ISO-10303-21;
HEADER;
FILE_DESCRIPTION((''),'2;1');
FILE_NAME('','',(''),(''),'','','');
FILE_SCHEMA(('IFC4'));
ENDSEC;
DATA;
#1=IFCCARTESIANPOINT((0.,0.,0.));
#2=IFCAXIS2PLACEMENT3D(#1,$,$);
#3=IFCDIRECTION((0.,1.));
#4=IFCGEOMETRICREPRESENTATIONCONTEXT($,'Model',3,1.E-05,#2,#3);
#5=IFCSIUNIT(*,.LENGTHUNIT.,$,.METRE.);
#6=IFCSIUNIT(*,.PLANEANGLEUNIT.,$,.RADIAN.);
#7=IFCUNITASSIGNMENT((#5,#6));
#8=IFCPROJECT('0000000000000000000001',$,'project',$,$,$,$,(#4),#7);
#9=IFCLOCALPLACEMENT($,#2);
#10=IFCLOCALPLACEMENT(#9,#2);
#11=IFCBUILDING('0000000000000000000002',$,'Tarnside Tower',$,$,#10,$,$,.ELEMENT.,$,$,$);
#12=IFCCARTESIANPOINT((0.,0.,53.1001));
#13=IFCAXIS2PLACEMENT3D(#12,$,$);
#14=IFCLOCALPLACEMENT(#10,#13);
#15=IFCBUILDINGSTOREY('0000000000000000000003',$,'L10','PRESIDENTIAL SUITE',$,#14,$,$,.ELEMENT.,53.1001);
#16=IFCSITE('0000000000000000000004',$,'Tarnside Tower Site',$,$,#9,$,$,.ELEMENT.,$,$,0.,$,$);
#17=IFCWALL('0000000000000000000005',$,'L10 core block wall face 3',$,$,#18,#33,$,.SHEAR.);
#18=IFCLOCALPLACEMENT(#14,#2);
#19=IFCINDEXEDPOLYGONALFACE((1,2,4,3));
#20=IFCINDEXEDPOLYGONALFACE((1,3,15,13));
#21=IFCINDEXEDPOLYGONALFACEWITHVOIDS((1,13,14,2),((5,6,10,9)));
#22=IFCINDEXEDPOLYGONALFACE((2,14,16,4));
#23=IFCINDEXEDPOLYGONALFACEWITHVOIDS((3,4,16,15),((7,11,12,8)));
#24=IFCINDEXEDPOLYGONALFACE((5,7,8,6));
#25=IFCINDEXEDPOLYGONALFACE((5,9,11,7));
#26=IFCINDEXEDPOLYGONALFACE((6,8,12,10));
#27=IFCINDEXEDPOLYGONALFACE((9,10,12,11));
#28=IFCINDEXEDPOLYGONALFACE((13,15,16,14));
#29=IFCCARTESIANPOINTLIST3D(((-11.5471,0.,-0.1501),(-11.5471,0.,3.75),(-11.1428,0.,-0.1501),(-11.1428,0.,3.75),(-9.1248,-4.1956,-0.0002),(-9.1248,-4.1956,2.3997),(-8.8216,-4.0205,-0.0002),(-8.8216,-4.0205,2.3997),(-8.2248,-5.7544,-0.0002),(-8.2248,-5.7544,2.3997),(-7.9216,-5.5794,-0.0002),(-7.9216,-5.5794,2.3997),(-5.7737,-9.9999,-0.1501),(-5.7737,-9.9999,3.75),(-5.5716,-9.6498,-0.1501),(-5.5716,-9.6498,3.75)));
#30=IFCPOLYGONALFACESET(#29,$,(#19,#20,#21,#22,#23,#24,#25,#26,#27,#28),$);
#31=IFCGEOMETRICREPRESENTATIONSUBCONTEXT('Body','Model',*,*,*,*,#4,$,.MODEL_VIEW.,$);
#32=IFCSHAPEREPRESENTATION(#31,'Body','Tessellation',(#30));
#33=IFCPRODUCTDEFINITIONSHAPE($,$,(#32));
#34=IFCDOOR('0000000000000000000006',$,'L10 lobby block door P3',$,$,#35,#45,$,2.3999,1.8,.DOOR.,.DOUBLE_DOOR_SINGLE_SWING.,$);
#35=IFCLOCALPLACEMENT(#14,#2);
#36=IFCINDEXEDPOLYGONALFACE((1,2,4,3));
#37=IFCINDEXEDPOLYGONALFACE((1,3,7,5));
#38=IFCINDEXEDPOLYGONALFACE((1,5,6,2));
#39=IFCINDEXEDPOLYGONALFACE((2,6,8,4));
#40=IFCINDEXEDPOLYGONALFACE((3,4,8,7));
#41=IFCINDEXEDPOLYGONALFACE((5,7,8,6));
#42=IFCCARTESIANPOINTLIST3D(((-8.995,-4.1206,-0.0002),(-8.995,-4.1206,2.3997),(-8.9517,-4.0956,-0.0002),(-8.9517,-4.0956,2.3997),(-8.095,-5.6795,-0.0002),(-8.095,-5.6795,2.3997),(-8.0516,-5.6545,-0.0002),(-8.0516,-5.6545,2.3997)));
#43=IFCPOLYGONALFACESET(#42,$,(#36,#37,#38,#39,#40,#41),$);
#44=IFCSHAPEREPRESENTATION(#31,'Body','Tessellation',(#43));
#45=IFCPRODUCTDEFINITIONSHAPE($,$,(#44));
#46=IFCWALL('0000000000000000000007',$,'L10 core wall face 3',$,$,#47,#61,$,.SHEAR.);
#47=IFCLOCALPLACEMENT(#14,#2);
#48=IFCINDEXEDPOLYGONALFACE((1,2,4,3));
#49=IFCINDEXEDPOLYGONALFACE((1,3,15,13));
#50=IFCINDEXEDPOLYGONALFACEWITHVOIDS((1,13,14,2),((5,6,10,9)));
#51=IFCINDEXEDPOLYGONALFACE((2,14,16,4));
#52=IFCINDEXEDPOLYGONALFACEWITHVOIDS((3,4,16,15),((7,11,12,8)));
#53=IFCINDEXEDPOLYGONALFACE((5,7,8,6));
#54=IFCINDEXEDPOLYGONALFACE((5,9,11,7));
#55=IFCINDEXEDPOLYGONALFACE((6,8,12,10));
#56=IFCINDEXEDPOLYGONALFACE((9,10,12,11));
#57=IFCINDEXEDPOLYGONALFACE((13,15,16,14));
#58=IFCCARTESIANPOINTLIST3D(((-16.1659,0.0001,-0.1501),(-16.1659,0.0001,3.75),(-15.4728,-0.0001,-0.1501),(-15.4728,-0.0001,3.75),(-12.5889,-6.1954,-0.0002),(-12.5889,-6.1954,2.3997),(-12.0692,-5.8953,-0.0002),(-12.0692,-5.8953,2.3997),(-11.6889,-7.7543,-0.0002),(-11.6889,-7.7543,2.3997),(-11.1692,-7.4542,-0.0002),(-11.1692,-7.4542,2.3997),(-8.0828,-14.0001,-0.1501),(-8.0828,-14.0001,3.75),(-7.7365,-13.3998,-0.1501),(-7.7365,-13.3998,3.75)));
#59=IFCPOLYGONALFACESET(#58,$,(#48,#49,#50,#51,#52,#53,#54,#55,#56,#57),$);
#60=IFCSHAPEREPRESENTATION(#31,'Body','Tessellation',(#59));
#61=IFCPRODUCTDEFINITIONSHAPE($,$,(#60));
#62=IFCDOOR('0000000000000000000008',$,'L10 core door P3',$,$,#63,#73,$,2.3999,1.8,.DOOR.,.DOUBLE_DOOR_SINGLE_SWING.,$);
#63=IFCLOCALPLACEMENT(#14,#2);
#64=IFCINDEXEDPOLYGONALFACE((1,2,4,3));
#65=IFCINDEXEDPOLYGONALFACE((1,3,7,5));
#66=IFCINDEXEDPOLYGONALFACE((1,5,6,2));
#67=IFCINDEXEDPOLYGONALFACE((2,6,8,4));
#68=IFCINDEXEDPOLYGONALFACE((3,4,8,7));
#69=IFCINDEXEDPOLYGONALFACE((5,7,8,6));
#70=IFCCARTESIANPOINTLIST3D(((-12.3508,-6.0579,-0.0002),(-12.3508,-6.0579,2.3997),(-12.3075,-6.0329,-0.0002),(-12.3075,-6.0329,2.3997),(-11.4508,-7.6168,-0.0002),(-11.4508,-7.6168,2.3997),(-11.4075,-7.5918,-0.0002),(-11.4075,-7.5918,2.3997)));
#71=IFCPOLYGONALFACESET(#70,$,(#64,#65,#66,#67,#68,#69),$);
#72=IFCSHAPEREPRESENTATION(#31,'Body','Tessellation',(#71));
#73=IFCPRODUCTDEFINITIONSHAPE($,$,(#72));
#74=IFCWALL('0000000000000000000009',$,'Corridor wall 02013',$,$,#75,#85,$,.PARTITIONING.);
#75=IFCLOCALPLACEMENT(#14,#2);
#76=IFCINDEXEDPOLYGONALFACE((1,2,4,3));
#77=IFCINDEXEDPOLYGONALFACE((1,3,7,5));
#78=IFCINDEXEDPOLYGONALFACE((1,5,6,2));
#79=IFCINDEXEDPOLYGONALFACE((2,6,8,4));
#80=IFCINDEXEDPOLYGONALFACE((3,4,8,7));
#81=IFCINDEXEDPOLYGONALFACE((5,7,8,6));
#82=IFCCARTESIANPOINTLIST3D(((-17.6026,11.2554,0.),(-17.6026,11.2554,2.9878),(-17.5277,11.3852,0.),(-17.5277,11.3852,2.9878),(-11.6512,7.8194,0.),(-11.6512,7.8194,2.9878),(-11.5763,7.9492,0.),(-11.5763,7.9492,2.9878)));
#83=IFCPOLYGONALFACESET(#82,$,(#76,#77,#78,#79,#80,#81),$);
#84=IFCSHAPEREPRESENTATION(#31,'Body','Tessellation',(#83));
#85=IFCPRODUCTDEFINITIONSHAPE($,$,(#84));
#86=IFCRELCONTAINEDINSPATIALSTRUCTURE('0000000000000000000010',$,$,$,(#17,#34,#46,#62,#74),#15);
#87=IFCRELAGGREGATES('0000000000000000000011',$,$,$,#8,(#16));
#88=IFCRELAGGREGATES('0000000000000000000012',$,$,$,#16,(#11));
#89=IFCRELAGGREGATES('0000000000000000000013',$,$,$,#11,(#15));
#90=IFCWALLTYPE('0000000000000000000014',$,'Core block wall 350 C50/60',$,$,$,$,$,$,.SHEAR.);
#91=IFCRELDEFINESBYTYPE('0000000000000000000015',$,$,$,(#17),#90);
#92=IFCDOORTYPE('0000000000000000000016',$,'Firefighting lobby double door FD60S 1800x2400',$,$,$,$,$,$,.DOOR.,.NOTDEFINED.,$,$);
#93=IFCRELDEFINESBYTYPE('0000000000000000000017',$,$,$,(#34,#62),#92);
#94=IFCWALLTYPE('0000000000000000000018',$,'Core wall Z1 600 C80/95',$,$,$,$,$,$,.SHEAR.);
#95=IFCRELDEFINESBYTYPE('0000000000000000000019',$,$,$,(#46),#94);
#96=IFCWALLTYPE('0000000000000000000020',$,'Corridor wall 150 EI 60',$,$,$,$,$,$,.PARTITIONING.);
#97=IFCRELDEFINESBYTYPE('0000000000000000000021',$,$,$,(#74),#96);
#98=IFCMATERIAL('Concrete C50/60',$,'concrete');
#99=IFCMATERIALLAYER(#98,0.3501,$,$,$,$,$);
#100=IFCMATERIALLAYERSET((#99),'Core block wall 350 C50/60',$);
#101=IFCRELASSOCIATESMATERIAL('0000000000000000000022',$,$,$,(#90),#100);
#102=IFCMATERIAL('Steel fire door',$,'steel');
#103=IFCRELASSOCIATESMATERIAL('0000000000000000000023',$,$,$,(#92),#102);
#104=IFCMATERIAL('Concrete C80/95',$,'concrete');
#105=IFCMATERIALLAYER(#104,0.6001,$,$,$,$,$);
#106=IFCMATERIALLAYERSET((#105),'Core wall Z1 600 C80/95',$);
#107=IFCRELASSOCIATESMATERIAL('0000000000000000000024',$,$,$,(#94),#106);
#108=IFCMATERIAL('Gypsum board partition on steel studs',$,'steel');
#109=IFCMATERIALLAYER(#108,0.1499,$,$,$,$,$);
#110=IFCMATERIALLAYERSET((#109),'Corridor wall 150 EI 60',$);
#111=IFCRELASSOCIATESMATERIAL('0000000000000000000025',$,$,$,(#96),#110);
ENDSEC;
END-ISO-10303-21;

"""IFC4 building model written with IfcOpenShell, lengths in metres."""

from ifc_helpers import new_model, si_unit, direction, frame, frame_2d, origin, place, context, subcontext, project, spatial, polyline, rectangle, outline, extrude, material, layer, layer_set, type_object, element, fill, save


model = new_model("IFC4")

# Units and contexts
model_context = context("Model", 3, precision=1e-05, world=origin(), true_north=direction((0.0, 1.0)))
body_context = subcontext(model_context, "Body", "Model", "MODEL_VIEW")
ifc_project = project(units=[si_unit("LENGTHUNIT", "METRE"), si_unit("PLANEANGLEUNIT", "RADIAN")], contexts=[model_context])

# Site, building, storey
site_placement = place(None, origin())
site = spatial("IfcSite", under=ifc_project, at=site_placement, Name="Tarnside Tower Site", CompositionType="ELEMENT", RefElevation=0.0)
building_placement = place(site_placement, origin())
building = spatial("IfcBuilding", under=site, at=building_placement, Name="Tarnside Tower", CompositionType="ELEMENT")
storey_placement = place(building_placement, frame((0.0, 0.0, 53.1001)))
storey = spatial("IfcBuildingStorey", under=building, at=storey_placement, Name="L10", Description="PRESIDENTIAL SUITE", CompositionType="ELEMENT", Elevation=53.1001)

# Walls, openings, doors
ifc_material_1 = material(Name="Concrete C50/60", Category="concrete")
ifc_layer_1 = layer(ifc_material_1, 0.3501)
ifc_layer_set_1 = layer_set([ifc_layer_1], Name="Core block wall 350 C50/60")
wall_type_1 = type_object("IfcWallType", Name="Core block wall 350 C50/60", PredefinedType="SHEAR", material=ifc_layer_set_1)
wall_1_placement = place(storey_placement, frame((-11.345, 0.0, -0.1501), z_axis=(0.0, 0.0, 1.0), x_axis=(0.499995, -0.866028, 0.0)))
wall_1 = element("IfcWall", 1, at=wall_1_placement, inside=storey, type_object=wall_type_1, Name="L10 core block wall face 3", PredefinedType="SHEAR", context=body_context, shape_type="SweptSolid", body=[
    extrude(outline(polyline([(-0.1011, -0.175), (11.4458, -0.175), (11.2437, 0.175), (0.1011, 0.175), (-0.1011, -0.175)])), origin(), (0.0, 0.0, 1.0), 3.9001),
])
opening_1_placement = place(wall_1_placement, frame((4.7437, 0.0, 0.1499)))
opening_1 = element("IfcOpeningElement", 2, at=opening_1_placement, cuts=wall_1, PredefinedType="OPENING", context=body_context, shape_type="SweptSolid", body=[
    extrude(rectangle(XDim=1.8, YDim=2.3999, at=frame_2d((0.8999, 1.2))), frame((0.0, 0.1851, 0.0), z_axis=(0.0, -1.0, 0.0), x_axis=(1.0, 0.0, 0.0)), (0.0, 0.0, 1.0), 0.3701),
])
ifc_material_2 = material(Name="Steel fire door", Category="steel")
door_type_1 = type_object("IfcDoorType", Name="Firefighting lobby double door FD60S 1800x2400", OperationType="NOTDEFINED", PredefinedType="DOOR", material=ifc_material_2)
door_1_placement = place(opening_1_placement, origin())
door_1 = element("IfcDoor", 3, at=door_1_placement, inside=storey, type_object=door_type_1, Name="L10 lobby block door P3", OperationType="DOUBLE_DOOR_SINGLE_SWING", OverallHeight=2.3999, OverallWidth=1.8, PredefinedType="DOOR", context=body_context, shape_type="SweptSolid", body=[
    extrude(rectangle(XDim=1.8, YDim=2.3999, at=frame_2d((0.8999, 1.2))), frame((0.0, 0.0249, 0.0), z_axis=(0.0, -1.0, 0.0), x_axis=(1.0, 0.0, 0.0)), (0.0, 0.0, 1.0), 0.05),
])
fill(opening_1, door_1)
ifc_material_3 = material(Name="Concrete C80/95", Category="concrete")
ifc_layer_2 = layer(ifc_material_3, 0.6001)
ifc_layer_set_2 = layer_set([ifc_layer_2], Name="Core wall Z1 600 C80/95")
wall_type_2 = type_object("IfcWallType", Name="Core wall Z1 600 C80/95", PredefinedType="SHEAR", material=ifc_layer_set_2)
wall_2_placement = place(storey_placement, frame((-15.8193, 0.0, -0.1501), z_axis=(0.0, 0.0, 1.0), x_axis=(0.5, -0.866025, 0.0)))
wall_2 = element("IfcWall", 4, at=wall_2_placement, inside=storey, type_object=wall_type_2, Name="L10 core wall face 3", PredefinedType="SHEAR", context=body_context, shape_type="SweptSolid", body=[
    extrude(outline(polyline([(-0.1733, -0.3), (15.9927, -0.3), (15.646, 0.3), (0.1733, 0.3), (-0.1733, -0.3)])), origin(), (0.0, 0.0, 1.0), 3.9001),
])
opening_2_placement = place(wall_2_placement, frame((6.9807, 0.0, 0.1499)))
opening_2 = element("IfcOpeningElement", 5, at=opening_2_placement, cuts=wall_2, PredefinedType="OPENING", context=body_context, shape_type="SweptSolid", body=[
    extrude(rectangle(XDim=1.8, YDim=2.3999, at=frame_2d((0.8999, 1.2))), frame((0.0, 0.3101, 0.0), z_axis=(0.0, -1.0, 0.0), x_axis=(1.0, 0.0, 0.0)), (0.0, 0.0, 1.0), 0.6201),
])
door_2_placement = place(opening_2_placement, origin())
door_2 = element("IfcDoor", 6, at=door_2_placement, inside=storey, type_object=door_type_1, Name="L10 core door P3", OperationType="DOUBLE_DOOR_SINGLE_SWING", OverallHeight=2.3999, OverallWidth=1.8, PredefinedType="DOOR", context=body_context, shape_type="SweptSolid", body=[
    extrude(rectangle(XDim=1.8, YDim=2.3999, at=frame_2d((0.8999, 1.2))), frame((0.0, 0.0249, 0.0), z_axis=(0.0, -1.0, 0.0), x_axis=(1.0, 0.0, 0.0)), (0.0, 0.0, 1.0), 0.05),
])
fill(opening_2, door_2)

# Wall
ifc_material_4 = material(Name="Gypsum board partition on steel studs", Category="steel")
ifc_layer_3 = layer(ifc_material_4, 0.1499)
ifc_layer_set_3 = layer_set([ifc_layer_3], Name="Corridor wall 150 EI 60")
wall_type_3 = type_object("IfcWallType", Name="Corridor wall 150 EI 60", PredefinedType="PARTITIONING", material=ifc_layer_set_3)
wall_3_placement = place(storey_placement, frame((-11.6138, 7.8843, 0.0), z_axis=(0.0, 0.0, 1.0), x_axis=(-0.866026, 0.499998, 0.0)))
element("IfcWall", 7, at=wall_3_placement, inside=storey, type_object=wall_type_3, Name="Corridor wall 02013", PredefinedType="PARTITIONING", context=body_context, shape_type="SweptSolid", body=[
    extrude(rectangle(XDim=6.8721, YDim=0.1499, at=frame_2d((3.436, 0.0))), origin(), (0.0, 0.0, 1.0), 2.9878),
])

save(model, "model.ifc")
